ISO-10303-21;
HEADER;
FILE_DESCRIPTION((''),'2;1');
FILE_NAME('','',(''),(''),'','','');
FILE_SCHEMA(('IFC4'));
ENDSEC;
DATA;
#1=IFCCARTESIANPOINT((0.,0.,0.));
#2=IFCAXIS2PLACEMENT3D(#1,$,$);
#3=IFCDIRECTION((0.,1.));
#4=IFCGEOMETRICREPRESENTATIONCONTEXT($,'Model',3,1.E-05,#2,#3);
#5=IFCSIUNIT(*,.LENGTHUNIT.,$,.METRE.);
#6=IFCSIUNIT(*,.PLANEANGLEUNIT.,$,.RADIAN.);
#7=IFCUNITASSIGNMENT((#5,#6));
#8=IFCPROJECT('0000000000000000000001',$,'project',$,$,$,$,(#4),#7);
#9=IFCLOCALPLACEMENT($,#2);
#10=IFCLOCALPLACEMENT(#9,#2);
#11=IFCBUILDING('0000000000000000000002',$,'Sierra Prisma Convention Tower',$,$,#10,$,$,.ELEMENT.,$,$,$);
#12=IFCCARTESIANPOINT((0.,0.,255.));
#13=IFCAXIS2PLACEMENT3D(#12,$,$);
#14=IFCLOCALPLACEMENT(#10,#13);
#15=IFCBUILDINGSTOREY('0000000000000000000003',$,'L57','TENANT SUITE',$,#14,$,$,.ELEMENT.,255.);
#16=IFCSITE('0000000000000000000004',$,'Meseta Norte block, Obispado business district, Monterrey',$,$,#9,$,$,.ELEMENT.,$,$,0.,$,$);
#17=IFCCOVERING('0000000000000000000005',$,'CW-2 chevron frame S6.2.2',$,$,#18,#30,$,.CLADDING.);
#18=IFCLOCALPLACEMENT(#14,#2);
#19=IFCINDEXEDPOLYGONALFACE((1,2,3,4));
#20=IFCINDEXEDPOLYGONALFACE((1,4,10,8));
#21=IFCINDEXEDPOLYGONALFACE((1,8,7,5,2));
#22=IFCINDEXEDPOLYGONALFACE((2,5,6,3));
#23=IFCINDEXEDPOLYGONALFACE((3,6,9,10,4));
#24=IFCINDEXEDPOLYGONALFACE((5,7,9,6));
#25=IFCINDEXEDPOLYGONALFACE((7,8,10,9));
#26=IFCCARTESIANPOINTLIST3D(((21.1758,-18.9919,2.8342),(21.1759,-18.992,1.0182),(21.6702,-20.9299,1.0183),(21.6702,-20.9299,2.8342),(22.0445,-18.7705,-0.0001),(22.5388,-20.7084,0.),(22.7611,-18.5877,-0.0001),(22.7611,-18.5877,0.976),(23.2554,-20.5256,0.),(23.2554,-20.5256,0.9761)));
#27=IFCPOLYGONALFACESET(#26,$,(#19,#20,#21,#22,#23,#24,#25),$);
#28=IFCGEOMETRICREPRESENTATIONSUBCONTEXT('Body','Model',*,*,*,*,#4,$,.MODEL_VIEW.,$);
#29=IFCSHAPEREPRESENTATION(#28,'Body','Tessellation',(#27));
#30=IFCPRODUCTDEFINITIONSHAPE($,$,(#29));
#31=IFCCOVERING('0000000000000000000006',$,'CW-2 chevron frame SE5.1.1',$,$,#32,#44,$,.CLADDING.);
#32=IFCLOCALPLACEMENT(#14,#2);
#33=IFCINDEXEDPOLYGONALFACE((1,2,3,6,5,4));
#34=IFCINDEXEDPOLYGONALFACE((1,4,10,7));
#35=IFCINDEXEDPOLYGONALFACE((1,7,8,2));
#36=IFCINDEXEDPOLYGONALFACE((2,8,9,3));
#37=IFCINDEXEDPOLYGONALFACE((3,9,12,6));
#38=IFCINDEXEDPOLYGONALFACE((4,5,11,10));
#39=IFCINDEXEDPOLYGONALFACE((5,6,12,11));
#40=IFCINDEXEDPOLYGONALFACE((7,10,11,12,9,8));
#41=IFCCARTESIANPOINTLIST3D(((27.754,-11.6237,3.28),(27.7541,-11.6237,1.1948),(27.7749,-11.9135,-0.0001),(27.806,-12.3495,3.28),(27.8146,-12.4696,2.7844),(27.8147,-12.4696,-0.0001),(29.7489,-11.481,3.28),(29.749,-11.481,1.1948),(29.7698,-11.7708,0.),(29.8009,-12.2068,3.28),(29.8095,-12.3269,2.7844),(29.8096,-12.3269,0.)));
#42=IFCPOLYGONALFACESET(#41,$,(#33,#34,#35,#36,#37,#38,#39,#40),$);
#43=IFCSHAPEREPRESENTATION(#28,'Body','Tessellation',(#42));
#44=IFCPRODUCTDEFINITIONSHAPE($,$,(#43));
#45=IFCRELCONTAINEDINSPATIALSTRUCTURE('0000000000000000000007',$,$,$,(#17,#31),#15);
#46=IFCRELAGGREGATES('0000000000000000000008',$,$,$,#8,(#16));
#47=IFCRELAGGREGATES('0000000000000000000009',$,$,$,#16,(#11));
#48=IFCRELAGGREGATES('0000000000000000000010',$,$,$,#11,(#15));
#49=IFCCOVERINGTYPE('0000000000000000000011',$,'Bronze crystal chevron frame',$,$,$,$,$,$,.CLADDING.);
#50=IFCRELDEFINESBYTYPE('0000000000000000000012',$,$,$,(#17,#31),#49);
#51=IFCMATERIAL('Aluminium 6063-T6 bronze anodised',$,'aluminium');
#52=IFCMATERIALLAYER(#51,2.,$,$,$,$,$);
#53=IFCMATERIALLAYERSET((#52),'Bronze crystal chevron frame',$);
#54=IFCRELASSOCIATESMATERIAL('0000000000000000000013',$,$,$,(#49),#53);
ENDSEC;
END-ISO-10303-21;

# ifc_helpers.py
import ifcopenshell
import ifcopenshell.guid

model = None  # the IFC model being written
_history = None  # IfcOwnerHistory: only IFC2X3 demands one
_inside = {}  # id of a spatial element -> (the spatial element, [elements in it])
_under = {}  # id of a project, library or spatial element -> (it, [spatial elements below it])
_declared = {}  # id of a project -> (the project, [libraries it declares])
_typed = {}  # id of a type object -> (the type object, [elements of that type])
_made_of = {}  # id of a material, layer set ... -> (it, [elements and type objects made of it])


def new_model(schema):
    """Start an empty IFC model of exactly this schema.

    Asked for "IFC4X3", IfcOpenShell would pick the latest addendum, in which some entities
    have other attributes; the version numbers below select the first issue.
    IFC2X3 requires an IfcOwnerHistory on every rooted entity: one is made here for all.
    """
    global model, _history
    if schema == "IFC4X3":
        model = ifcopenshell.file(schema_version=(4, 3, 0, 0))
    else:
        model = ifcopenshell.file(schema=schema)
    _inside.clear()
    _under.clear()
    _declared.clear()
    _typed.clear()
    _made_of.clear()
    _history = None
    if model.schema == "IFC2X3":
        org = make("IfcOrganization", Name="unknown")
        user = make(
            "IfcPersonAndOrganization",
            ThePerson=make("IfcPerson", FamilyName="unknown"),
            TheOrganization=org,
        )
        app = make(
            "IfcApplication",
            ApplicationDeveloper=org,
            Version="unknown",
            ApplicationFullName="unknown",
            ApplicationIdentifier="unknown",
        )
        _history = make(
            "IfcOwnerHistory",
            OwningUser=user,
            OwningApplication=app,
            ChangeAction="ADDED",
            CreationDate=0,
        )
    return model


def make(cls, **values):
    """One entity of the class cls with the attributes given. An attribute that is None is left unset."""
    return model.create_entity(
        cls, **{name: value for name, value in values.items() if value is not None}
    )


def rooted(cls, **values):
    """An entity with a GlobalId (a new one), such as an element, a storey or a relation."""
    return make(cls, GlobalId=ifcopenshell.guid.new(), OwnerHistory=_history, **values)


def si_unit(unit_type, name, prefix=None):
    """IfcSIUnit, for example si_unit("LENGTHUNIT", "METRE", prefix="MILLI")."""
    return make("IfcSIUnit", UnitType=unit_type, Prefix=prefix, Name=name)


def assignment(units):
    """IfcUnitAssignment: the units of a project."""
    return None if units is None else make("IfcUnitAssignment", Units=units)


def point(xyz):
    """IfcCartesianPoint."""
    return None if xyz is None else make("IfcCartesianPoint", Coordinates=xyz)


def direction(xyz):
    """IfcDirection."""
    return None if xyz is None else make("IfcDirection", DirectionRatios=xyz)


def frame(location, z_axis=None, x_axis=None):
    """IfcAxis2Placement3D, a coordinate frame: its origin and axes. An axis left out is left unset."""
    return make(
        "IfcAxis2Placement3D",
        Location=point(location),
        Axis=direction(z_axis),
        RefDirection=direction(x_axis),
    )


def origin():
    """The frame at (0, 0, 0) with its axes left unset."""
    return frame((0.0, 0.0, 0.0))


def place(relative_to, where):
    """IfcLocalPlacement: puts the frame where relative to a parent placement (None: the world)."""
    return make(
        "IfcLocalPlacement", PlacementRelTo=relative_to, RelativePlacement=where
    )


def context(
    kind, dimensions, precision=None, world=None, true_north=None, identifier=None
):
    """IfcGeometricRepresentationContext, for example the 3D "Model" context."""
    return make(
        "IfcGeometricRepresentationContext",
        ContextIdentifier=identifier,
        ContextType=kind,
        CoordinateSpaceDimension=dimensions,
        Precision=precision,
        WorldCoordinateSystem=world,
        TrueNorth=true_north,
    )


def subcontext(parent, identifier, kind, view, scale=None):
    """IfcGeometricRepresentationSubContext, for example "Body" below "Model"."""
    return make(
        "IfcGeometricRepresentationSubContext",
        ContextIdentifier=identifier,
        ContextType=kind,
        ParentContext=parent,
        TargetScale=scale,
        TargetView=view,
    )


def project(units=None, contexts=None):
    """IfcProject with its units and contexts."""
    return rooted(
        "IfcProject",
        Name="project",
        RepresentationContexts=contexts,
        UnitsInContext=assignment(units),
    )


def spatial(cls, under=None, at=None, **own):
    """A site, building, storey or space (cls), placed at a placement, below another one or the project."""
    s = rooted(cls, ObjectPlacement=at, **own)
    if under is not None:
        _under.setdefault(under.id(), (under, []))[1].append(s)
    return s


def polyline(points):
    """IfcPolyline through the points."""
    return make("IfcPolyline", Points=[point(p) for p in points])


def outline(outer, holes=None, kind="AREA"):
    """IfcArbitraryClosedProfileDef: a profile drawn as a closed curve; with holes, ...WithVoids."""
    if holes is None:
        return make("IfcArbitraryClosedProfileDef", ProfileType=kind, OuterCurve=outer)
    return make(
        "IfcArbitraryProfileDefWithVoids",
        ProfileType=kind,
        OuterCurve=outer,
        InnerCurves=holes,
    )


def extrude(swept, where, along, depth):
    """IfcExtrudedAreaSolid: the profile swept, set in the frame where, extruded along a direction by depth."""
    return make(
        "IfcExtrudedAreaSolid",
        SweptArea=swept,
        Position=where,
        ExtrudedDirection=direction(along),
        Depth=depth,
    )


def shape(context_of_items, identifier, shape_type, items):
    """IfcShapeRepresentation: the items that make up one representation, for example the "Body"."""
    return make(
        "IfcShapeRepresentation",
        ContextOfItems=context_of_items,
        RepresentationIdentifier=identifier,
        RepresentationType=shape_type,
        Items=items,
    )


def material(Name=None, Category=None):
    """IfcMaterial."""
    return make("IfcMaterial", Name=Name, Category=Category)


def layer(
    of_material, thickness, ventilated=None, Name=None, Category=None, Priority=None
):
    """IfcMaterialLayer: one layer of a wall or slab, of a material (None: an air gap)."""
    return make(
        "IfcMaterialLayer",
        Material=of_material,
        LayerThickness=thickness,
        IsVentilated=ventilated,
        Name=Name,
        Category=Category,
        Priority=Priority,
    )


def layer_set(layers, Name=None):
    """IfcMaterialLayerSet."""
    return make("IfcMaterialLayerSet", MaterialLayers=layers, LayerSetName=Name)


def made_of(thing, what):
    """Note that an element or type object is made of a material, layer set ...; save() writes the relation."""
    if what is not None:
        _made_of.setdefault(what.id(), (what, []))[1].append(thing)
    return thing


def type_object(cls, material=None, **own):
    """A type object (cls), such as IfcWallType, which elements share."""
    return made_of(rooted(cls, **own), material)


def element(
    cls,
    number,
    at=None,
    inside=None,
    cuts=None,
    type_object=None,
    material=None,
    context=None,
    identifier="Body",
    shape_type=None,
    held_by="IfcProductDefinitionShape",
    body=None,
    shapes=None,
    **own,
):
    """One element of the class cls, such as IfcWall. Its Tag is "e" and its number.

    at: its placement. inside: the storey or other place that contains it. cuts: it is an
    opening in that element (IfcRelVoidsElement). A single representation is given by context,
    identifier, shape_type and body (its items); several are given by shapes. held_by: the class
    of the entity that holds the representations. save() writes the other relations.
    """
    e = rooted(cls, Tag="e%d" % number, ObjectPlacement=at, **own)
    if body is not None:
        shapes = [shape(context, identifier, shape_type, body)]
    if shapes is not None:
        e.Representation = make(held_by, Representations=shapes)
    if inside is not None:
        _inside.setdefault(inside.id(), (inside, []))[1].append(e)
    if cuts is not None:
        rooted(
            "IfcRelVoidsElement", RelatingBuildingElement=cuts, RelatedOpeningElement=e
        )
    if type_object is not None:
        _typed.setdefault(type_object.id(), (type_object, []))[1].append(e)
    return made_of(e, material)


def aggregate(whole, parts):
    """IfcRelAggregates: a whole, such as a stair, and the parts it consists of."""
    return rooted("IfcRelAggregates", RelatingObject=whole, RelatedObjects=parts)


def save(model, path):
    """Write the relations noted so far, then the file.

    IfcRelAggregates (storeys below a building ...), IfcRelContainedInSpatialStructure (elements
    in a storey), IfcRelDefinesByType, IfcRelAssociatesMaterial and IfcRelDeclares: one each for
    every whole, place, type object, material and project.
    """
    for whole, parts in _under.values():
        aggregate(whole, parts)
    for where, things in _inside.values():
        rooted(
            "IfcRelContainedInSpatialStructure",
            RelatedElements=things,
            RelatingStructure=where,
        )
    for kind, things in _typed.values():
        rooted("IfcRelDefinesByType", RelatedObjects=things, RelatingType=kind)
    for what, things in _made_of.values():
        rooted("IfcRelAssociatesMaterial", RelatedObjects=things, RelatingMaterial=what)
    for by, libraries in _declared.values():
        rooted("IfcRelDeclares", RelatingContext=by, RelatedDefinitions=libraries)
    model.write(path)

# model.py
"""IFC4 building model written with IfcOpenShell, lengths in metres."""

from ifc_helpers import new_model, si_unit, direction, frame, origin, place, context, subcontext, project, spatial, polyline, outline, extrude, material, layer, layer_set, type_object, element, save


model = new_model("IFC4")

# Units and contexts
model_context = context("Model", 3, precision=1e-05, world=origin(), true_north=direction((0.0, 1.0)))
body_context = subcontext(model_context, "Body", "Model", "MODEL_VIEW")
ifc_project = project(units=[si_unit("LENGTHUNIT", "METRE"), si_unit("PLANEANGLEUNIT", "RADIAN")], contexts=[model_context])

# Site, building, storey
site_placement = place(None, origin())
site = spatial("IfcSite", under=ifc_project, at=site_placement, Name="Meseta Norte block, Obispado business district, Monterrey", CompositionType="ELEMENT", RefElevation=0.0)
building_placement = place(site_placement, origin())
building = spatial("IfcBuilding", under=site, at=building_placement, Name="Sierra Prisma Convention Tower", CompositionType="ELEMENT")
storey_placement = place(building_placement, frame((0.0, 0.0, 255.0)))
storey = spatial("IfcBuildingStorey", under=building, at=storey_placement, Name="L57", Description="TENANT SUITE", CompositionType="ELEMENT", Elevation=255.0)

# Coverings
ifc_material_1 = material(Name="Aluminium 6063-T6 bronze anodised", Category="aluminium")
ifc_layer_1 = layer(ifc_material_1, 2.0)
ifc_layer_set_1 = layer_set([ifc_layer_1], Name="Bronze crystal chevron frame")
covering_type = type_object("IfcCoveringType", Name="Bronze crystal chevron frame", PredefinedType="CLADDING", material=ifc_layer_set_1)
covering_1_placement = place(storey_placement, frame((23.2554, -20.5256, 0.0), z_axis=(0.247152, -0.968977, 0.000032), x_axis=(-0.000008, 0.000031, 1.0)))
element("IfcCovering", 1, at=covering_1_placement, inside=storey, type_object=covering_type, Name="CW-2 chevron frame S6.2.2", PredefinedType="CLADDING", context=body_context, shape_type="SweptSolid", body=[
    extrude(outline(polyline([(0.0, 0.0), (0.9761, 0.0), (2.8342, 1.6359), (1.0183, 1.6359), (0.0, 0.7395), (0.0, 0.0)])), origin(), (0.0, 0.0, -1.0), 2.0),
])
covering_2_placement = place(storey_placement, frame((29.8096, -12.3269, 0.0), z_axis=(0.99745, 0.071369, 0.000033), x_axis=(-0.071369, 0.99745, 0.0)))
element("IfcCovering", 2, at=covering_2_placement, inside=storey, type_object=covering_type, Name="CW-2 chevron frame SE5.1.1", PredefinedType="CLADDING", context=body_context, shape_type="SweptSolid", body=[
    extrude(outline(polyline([(0.0, 0.0), (0.5576, 0.0), (0.8481, 1.1948), (0.8481, 3.28), (0.1204, 3.28), (0.0, 2.7844), (0.0, 0.0)])), origin(), (0.0, 0.0, -1.0), 2.0),
])

save(model, "model.ifc")
